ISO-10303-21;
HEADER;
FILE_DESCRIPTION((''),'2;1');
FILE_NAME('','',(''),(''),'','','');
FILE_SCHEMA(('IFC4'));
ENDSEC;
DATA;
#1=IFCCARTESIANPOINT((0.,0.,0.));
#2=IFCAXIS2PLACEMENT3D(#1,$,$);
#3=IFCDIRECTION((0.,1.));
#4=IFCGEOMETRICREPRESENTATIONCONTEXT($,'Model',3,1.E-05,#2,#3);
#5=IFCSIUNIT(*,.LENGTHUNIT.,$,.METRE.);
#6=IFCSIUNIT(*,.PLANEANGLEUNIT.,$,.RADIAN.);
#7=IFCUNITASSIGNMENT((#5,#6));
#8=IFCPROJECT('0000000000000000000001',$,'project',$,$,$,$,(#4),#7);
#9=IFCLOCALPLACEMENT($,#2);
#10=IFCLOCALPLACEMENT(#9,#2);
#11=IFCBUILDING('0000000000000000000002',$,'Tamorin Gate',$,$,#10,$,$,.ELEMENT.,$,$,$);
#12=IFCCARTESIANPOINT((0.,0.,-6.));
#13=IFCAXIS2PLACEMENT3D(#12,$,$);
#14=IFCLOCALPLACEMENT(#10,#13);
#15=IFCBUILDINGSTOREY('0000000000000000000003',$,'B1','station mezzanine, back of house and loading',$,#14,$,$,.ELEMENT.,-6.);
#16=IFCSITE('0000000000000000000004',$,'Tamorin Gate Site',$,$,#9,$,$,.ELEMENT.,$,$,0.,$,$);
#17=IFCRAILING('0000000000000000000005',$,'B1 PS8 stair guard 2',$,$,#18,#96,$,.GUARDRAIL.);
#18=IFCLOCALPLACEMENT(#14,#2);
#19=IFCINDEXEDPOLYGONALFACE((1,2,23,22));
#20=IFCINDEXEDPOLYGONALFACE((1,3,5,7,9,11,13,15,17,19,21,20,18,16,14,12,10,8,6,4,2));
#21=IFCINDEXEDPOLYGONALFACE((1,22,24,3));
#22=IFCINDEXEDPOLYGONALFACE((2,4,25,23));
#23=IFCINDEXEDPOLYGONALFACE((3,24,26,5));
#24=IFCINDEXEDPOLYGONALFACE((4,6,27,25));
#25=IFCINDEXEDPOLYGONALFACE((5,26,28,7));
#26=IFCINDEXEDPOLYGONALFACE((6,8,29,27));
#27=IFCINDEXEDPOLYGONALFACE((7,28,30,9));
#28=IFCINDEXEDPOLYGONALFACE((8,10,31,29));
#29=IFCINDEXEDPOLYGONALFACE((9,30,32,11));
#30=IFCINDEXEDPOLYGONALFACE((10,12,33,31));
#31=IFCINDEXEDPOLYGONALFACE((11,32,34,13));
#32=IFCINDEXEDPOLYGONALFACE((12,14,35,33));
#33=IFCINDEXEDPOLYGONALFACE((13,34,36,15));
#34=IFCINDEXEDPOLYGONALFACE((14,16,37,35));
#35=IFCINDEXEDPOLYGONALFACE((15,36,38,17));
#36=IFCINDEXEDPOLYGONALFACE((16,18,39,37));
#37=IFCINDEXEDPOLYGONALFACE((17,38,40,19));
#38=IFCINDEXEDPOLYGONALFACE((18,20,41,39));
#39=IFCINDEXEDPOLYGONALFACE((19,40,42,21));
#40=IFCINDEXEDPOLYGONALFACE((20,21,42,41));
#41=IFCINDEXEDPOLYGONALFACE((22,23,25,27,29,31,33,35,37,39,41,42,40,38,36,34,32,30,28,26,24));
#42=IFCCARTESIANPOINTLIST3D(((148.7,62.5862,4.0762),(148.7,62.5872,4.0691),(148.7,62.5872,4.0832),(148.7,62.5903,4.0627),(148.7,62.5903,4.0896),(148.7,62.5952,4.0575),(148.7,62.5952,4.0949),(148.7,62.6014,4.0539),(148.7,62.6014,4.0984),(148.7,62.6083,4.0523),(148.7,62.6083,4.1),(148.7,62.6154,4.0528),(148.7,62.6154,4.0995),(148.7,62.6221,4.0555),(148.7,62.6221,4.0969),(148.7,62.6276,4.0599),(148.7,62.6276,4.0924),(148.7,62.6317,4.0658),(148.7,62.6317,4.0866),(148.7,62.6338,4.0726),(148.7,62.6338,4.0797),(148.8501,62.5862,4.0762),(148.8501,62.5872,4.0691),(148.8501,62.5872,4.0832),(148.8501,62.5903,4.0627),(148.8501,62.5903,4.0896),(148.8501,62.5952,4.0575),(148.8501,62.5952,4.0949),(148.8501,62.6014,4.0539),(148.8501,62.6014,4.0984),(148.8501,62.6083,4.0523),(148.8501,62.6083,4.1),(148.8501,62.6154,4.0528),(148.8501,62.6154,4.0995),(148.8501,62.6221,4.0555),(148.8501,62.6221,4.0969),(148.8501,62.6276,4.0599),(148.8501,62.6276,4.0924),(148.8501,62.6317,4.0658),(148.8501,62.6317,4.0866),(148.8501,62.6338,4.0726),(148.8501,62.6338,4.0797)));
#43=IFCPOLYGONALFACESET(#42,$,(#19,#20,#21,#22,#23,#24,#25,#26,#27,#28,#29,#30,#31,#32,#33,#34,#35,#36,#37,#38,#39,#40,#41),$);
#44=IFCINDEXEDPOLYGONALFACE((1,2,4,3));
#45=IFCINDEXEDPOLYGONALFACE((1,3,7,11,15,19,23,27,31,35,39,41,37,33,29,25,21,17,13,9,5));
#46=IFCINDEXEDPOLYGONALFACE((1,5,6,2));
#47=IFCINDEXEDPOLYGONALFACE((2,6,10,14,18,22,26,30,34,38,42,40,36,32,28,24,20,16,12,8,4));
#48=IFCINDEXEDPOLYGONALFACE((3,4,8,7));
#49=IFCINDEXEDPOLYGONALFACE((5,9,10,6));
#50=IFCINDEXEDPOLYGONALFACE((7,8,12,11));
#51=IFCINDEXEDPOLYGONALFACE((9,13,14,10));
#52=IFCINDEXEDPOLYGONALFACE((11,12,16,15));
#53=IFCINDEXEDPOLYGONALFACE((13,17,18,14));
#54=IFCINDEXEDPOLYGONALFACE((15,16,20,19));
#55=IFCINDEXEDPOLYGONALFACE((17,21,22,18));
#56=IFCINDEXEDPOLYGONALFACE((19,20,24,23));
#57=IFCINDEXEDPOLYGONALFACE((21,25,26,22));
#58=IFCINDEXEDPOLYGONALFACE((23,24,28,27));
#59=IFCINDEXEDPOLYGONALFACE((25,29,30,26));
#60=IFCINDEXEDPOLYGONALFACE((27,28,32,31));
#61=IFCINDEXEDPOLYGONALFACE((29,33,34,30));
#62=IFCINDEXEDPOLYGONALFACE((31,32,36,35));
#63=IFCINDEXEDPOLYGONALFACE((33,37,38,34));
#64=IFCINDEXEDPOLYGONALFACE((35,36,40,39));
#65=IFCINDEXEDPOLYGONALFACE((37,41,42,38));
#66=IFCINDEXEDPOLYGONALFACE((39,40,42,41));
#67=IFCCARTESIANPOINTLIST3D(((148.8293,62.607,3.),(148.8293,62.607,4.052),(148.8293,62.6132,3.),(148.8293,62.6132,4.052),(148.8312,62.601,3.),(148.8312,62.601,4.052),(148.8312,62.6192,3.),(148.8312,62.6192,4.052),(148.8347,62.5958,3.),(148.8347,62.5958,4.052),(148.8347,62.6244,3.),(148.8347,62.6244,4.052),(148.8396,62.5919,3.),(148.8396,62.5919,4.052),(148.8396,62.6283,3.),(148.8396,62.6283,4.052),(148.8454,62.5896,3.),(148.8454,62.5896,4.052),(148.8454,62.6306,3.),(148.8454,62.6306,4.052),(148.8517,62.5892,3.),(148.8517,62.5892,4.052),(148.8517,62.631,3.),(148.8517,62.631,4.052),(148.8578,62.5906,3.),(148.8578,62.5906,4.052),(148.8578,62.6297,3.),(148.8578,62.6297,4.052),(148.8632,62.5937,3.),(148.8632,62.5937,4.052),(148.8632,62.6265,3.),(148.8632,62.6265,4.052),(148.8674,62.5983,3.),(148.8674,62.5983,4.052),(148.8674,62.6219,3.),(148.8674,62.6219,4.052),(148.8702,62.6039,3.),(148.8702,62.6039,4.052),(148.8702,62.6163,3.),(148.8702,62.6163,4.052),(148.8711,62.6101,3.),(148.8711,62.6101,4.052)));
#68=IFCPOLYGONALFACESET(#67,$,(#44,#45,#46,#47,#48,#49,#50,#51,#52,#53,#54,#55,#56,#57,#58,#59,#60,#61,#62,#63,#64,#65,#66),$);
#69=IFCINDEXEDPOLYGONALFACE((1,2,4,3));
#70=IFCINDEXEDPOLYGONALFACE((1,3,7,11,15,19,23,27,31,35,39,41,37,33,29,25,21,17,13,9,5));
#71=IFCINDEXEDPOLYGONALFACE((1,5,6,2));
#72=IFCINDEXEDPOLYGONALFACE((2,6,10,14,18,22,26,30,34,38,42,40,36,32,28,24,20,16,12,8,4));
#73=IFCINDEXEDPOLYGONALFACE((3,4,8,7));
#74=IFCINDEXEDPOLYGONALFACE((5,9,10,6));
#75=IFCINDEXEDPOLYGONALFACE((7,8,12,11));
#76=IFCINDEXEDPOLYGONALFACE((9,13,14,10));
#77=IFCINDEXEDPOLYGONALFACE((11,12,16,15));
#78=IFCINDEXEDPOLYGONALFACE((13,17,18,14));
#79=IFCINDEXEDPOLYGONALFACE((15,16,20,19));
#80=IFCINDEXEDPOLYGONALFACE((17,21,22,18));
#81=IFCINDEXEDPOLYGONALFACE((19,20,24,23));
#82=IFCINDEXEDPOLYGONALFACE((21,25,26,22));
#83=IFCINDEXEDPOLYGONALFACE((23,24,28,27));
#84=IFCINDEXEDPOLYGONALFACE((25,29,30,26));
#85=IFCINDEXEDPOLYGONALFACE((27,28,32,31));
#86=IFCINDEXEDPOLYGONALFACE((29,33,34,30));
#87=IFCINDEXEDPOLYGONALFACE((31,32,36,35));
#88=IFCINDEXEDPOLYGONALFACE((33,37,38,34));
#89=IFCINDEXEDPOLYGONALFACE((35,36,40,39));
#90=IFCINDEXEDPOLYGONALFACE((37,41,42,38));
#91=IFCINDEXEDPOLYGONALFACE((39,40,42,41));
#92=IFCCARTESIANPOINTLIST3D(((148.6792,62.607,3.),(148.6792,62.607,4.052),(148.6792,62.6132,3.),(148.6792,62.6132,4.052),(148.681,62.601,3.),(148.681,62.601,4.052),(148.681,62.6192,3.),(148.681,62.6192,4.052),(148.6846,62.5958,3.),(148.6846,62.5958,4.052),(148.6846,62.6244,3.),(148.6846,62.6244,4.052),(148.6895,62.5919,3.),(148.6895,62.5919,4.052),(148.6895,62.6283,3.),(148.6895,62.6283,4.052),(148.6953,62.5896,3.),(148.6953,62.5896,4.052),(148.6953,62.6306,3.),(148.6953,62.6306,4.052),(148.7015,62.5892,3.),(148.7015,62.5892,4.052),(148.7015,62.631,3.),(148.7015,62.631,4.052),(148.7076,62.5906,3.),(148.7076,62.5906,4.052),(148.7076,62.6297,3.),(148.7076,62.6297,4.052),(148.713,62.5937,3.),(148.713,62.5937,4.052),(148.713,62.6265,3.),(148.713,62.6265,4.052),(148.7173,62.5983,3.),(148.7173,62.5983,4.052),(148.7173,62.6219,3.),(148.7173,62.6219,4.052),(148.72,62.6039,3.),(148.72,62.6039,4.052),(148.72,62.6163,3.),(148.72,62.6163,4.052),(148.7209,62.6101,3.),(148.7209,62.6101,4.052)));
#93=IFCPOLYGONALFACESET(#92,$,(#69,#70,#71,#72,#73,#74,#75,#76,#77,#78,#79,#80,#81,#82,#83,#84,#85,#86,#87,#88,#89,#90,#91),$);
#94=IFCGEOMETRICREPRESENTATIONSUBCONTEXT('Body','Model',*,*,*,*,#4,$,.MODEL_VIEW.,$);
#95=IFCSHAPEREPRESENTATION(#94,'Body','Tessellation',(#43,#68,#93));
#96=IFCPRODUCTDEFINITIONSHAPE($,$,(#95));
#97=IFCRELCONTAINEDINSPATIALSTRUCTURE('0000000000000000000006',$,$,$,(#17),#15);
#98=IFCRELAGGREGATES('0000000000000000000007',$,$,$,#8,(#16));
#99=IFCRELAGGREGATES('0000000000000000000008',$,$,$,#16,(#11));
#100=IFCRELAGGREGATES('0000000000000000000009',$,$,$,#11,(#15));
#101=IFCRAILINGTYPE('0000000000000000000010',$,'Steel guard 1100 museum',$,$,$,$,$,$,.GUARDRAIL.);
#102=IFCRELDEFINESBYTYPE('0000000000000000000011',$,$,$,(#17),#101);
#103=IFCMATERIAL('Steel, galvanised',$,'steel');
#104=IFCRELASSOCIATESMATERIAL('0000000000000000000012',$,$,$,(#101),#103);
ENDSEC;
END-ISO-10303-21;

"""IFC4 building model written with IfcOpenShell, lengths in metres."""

from ifc_helpers import new_model, si_unit, direction, frame, origin, origin_2d, place, context, subcontext, project, spatial, circle, extrude, material, type_object, element, save


model = new_model("IFC4")

# Units and contexts
model_context = context("Model", 3, precision=1e-05, world=origin(), true_north=direction((0.0, 1.0)))
body_context = subcontext(model_context, "Body", "Model", "MODEL_VIEW")
ifc_project = project(units=[si_unit("LENGTHUNIT", "METRE"), si_unit("PLANEANGLEUNIT", "RADIAN")], contexts=[model_context])

# Site, building, storey
site_placement = place(None, origin())
site = spatial("IfcSite", under=ifc_project, at=site_placement, Name="Tamorin Gate Site", CompositionType="ELEMENT", RefElevation=0.0)
building_placement = place(site_placement, origin())
building = spatial("IfcBuilding", under=site, at=building_placement, Name="Tamorin Gate", CompositionType="ELEMENT")
storey_placement = place(building_placement, frame((0.0, 0.0, -6.0)))
storey = spatial("IfcBuildingStorey", under=building, at=storey_placement, Name="B1", Description="station mezzanine, back of house and loading", CompositionType="ELEMENT", Elevation=-6.0)

# Railing
ifc_material_1 = material(Name="Steel, galvanised", Category="steel")
railing_type_1 = type_object("IfcRailingType", Name="Steel guard 1100 museum", PredefinedType="GUARDRAIL", material=ifc_material_1)
railing_1_placement = place(storey_placement, frame((148.8501, 62.6101, 3.0)))
element("IfcRailing", 1, at=railing_1_placement, inside=storey, type_object=railing_type_1, Name="B1 PS8 stair guard 2", PredefinedType="GUARDRAIL", context=body_context, shape_type="SweptSolid", body=[
    extrude(circle(Radius=0.0239, at=origin_2d()), frame((0.0, 0.0, 1.0762), z_axis=(-1.0, 0.0, 0.0), x_axis=(0.0, -1.0, 0.0)), (0.0, 0.0, 1.0), 0.1501),
    extrude(circle(Radius=0.021, at=origin_2d()), origin(), (0.0, 0.0, 1.0), 1.052),
    extrude(circle(Radius=0.021, at=origin_2d()), frame((-0.1501, 0.0, 0.0)), (0.0, 0.0, 1.0), 1.052),
])

save(model, "model.ifc")
